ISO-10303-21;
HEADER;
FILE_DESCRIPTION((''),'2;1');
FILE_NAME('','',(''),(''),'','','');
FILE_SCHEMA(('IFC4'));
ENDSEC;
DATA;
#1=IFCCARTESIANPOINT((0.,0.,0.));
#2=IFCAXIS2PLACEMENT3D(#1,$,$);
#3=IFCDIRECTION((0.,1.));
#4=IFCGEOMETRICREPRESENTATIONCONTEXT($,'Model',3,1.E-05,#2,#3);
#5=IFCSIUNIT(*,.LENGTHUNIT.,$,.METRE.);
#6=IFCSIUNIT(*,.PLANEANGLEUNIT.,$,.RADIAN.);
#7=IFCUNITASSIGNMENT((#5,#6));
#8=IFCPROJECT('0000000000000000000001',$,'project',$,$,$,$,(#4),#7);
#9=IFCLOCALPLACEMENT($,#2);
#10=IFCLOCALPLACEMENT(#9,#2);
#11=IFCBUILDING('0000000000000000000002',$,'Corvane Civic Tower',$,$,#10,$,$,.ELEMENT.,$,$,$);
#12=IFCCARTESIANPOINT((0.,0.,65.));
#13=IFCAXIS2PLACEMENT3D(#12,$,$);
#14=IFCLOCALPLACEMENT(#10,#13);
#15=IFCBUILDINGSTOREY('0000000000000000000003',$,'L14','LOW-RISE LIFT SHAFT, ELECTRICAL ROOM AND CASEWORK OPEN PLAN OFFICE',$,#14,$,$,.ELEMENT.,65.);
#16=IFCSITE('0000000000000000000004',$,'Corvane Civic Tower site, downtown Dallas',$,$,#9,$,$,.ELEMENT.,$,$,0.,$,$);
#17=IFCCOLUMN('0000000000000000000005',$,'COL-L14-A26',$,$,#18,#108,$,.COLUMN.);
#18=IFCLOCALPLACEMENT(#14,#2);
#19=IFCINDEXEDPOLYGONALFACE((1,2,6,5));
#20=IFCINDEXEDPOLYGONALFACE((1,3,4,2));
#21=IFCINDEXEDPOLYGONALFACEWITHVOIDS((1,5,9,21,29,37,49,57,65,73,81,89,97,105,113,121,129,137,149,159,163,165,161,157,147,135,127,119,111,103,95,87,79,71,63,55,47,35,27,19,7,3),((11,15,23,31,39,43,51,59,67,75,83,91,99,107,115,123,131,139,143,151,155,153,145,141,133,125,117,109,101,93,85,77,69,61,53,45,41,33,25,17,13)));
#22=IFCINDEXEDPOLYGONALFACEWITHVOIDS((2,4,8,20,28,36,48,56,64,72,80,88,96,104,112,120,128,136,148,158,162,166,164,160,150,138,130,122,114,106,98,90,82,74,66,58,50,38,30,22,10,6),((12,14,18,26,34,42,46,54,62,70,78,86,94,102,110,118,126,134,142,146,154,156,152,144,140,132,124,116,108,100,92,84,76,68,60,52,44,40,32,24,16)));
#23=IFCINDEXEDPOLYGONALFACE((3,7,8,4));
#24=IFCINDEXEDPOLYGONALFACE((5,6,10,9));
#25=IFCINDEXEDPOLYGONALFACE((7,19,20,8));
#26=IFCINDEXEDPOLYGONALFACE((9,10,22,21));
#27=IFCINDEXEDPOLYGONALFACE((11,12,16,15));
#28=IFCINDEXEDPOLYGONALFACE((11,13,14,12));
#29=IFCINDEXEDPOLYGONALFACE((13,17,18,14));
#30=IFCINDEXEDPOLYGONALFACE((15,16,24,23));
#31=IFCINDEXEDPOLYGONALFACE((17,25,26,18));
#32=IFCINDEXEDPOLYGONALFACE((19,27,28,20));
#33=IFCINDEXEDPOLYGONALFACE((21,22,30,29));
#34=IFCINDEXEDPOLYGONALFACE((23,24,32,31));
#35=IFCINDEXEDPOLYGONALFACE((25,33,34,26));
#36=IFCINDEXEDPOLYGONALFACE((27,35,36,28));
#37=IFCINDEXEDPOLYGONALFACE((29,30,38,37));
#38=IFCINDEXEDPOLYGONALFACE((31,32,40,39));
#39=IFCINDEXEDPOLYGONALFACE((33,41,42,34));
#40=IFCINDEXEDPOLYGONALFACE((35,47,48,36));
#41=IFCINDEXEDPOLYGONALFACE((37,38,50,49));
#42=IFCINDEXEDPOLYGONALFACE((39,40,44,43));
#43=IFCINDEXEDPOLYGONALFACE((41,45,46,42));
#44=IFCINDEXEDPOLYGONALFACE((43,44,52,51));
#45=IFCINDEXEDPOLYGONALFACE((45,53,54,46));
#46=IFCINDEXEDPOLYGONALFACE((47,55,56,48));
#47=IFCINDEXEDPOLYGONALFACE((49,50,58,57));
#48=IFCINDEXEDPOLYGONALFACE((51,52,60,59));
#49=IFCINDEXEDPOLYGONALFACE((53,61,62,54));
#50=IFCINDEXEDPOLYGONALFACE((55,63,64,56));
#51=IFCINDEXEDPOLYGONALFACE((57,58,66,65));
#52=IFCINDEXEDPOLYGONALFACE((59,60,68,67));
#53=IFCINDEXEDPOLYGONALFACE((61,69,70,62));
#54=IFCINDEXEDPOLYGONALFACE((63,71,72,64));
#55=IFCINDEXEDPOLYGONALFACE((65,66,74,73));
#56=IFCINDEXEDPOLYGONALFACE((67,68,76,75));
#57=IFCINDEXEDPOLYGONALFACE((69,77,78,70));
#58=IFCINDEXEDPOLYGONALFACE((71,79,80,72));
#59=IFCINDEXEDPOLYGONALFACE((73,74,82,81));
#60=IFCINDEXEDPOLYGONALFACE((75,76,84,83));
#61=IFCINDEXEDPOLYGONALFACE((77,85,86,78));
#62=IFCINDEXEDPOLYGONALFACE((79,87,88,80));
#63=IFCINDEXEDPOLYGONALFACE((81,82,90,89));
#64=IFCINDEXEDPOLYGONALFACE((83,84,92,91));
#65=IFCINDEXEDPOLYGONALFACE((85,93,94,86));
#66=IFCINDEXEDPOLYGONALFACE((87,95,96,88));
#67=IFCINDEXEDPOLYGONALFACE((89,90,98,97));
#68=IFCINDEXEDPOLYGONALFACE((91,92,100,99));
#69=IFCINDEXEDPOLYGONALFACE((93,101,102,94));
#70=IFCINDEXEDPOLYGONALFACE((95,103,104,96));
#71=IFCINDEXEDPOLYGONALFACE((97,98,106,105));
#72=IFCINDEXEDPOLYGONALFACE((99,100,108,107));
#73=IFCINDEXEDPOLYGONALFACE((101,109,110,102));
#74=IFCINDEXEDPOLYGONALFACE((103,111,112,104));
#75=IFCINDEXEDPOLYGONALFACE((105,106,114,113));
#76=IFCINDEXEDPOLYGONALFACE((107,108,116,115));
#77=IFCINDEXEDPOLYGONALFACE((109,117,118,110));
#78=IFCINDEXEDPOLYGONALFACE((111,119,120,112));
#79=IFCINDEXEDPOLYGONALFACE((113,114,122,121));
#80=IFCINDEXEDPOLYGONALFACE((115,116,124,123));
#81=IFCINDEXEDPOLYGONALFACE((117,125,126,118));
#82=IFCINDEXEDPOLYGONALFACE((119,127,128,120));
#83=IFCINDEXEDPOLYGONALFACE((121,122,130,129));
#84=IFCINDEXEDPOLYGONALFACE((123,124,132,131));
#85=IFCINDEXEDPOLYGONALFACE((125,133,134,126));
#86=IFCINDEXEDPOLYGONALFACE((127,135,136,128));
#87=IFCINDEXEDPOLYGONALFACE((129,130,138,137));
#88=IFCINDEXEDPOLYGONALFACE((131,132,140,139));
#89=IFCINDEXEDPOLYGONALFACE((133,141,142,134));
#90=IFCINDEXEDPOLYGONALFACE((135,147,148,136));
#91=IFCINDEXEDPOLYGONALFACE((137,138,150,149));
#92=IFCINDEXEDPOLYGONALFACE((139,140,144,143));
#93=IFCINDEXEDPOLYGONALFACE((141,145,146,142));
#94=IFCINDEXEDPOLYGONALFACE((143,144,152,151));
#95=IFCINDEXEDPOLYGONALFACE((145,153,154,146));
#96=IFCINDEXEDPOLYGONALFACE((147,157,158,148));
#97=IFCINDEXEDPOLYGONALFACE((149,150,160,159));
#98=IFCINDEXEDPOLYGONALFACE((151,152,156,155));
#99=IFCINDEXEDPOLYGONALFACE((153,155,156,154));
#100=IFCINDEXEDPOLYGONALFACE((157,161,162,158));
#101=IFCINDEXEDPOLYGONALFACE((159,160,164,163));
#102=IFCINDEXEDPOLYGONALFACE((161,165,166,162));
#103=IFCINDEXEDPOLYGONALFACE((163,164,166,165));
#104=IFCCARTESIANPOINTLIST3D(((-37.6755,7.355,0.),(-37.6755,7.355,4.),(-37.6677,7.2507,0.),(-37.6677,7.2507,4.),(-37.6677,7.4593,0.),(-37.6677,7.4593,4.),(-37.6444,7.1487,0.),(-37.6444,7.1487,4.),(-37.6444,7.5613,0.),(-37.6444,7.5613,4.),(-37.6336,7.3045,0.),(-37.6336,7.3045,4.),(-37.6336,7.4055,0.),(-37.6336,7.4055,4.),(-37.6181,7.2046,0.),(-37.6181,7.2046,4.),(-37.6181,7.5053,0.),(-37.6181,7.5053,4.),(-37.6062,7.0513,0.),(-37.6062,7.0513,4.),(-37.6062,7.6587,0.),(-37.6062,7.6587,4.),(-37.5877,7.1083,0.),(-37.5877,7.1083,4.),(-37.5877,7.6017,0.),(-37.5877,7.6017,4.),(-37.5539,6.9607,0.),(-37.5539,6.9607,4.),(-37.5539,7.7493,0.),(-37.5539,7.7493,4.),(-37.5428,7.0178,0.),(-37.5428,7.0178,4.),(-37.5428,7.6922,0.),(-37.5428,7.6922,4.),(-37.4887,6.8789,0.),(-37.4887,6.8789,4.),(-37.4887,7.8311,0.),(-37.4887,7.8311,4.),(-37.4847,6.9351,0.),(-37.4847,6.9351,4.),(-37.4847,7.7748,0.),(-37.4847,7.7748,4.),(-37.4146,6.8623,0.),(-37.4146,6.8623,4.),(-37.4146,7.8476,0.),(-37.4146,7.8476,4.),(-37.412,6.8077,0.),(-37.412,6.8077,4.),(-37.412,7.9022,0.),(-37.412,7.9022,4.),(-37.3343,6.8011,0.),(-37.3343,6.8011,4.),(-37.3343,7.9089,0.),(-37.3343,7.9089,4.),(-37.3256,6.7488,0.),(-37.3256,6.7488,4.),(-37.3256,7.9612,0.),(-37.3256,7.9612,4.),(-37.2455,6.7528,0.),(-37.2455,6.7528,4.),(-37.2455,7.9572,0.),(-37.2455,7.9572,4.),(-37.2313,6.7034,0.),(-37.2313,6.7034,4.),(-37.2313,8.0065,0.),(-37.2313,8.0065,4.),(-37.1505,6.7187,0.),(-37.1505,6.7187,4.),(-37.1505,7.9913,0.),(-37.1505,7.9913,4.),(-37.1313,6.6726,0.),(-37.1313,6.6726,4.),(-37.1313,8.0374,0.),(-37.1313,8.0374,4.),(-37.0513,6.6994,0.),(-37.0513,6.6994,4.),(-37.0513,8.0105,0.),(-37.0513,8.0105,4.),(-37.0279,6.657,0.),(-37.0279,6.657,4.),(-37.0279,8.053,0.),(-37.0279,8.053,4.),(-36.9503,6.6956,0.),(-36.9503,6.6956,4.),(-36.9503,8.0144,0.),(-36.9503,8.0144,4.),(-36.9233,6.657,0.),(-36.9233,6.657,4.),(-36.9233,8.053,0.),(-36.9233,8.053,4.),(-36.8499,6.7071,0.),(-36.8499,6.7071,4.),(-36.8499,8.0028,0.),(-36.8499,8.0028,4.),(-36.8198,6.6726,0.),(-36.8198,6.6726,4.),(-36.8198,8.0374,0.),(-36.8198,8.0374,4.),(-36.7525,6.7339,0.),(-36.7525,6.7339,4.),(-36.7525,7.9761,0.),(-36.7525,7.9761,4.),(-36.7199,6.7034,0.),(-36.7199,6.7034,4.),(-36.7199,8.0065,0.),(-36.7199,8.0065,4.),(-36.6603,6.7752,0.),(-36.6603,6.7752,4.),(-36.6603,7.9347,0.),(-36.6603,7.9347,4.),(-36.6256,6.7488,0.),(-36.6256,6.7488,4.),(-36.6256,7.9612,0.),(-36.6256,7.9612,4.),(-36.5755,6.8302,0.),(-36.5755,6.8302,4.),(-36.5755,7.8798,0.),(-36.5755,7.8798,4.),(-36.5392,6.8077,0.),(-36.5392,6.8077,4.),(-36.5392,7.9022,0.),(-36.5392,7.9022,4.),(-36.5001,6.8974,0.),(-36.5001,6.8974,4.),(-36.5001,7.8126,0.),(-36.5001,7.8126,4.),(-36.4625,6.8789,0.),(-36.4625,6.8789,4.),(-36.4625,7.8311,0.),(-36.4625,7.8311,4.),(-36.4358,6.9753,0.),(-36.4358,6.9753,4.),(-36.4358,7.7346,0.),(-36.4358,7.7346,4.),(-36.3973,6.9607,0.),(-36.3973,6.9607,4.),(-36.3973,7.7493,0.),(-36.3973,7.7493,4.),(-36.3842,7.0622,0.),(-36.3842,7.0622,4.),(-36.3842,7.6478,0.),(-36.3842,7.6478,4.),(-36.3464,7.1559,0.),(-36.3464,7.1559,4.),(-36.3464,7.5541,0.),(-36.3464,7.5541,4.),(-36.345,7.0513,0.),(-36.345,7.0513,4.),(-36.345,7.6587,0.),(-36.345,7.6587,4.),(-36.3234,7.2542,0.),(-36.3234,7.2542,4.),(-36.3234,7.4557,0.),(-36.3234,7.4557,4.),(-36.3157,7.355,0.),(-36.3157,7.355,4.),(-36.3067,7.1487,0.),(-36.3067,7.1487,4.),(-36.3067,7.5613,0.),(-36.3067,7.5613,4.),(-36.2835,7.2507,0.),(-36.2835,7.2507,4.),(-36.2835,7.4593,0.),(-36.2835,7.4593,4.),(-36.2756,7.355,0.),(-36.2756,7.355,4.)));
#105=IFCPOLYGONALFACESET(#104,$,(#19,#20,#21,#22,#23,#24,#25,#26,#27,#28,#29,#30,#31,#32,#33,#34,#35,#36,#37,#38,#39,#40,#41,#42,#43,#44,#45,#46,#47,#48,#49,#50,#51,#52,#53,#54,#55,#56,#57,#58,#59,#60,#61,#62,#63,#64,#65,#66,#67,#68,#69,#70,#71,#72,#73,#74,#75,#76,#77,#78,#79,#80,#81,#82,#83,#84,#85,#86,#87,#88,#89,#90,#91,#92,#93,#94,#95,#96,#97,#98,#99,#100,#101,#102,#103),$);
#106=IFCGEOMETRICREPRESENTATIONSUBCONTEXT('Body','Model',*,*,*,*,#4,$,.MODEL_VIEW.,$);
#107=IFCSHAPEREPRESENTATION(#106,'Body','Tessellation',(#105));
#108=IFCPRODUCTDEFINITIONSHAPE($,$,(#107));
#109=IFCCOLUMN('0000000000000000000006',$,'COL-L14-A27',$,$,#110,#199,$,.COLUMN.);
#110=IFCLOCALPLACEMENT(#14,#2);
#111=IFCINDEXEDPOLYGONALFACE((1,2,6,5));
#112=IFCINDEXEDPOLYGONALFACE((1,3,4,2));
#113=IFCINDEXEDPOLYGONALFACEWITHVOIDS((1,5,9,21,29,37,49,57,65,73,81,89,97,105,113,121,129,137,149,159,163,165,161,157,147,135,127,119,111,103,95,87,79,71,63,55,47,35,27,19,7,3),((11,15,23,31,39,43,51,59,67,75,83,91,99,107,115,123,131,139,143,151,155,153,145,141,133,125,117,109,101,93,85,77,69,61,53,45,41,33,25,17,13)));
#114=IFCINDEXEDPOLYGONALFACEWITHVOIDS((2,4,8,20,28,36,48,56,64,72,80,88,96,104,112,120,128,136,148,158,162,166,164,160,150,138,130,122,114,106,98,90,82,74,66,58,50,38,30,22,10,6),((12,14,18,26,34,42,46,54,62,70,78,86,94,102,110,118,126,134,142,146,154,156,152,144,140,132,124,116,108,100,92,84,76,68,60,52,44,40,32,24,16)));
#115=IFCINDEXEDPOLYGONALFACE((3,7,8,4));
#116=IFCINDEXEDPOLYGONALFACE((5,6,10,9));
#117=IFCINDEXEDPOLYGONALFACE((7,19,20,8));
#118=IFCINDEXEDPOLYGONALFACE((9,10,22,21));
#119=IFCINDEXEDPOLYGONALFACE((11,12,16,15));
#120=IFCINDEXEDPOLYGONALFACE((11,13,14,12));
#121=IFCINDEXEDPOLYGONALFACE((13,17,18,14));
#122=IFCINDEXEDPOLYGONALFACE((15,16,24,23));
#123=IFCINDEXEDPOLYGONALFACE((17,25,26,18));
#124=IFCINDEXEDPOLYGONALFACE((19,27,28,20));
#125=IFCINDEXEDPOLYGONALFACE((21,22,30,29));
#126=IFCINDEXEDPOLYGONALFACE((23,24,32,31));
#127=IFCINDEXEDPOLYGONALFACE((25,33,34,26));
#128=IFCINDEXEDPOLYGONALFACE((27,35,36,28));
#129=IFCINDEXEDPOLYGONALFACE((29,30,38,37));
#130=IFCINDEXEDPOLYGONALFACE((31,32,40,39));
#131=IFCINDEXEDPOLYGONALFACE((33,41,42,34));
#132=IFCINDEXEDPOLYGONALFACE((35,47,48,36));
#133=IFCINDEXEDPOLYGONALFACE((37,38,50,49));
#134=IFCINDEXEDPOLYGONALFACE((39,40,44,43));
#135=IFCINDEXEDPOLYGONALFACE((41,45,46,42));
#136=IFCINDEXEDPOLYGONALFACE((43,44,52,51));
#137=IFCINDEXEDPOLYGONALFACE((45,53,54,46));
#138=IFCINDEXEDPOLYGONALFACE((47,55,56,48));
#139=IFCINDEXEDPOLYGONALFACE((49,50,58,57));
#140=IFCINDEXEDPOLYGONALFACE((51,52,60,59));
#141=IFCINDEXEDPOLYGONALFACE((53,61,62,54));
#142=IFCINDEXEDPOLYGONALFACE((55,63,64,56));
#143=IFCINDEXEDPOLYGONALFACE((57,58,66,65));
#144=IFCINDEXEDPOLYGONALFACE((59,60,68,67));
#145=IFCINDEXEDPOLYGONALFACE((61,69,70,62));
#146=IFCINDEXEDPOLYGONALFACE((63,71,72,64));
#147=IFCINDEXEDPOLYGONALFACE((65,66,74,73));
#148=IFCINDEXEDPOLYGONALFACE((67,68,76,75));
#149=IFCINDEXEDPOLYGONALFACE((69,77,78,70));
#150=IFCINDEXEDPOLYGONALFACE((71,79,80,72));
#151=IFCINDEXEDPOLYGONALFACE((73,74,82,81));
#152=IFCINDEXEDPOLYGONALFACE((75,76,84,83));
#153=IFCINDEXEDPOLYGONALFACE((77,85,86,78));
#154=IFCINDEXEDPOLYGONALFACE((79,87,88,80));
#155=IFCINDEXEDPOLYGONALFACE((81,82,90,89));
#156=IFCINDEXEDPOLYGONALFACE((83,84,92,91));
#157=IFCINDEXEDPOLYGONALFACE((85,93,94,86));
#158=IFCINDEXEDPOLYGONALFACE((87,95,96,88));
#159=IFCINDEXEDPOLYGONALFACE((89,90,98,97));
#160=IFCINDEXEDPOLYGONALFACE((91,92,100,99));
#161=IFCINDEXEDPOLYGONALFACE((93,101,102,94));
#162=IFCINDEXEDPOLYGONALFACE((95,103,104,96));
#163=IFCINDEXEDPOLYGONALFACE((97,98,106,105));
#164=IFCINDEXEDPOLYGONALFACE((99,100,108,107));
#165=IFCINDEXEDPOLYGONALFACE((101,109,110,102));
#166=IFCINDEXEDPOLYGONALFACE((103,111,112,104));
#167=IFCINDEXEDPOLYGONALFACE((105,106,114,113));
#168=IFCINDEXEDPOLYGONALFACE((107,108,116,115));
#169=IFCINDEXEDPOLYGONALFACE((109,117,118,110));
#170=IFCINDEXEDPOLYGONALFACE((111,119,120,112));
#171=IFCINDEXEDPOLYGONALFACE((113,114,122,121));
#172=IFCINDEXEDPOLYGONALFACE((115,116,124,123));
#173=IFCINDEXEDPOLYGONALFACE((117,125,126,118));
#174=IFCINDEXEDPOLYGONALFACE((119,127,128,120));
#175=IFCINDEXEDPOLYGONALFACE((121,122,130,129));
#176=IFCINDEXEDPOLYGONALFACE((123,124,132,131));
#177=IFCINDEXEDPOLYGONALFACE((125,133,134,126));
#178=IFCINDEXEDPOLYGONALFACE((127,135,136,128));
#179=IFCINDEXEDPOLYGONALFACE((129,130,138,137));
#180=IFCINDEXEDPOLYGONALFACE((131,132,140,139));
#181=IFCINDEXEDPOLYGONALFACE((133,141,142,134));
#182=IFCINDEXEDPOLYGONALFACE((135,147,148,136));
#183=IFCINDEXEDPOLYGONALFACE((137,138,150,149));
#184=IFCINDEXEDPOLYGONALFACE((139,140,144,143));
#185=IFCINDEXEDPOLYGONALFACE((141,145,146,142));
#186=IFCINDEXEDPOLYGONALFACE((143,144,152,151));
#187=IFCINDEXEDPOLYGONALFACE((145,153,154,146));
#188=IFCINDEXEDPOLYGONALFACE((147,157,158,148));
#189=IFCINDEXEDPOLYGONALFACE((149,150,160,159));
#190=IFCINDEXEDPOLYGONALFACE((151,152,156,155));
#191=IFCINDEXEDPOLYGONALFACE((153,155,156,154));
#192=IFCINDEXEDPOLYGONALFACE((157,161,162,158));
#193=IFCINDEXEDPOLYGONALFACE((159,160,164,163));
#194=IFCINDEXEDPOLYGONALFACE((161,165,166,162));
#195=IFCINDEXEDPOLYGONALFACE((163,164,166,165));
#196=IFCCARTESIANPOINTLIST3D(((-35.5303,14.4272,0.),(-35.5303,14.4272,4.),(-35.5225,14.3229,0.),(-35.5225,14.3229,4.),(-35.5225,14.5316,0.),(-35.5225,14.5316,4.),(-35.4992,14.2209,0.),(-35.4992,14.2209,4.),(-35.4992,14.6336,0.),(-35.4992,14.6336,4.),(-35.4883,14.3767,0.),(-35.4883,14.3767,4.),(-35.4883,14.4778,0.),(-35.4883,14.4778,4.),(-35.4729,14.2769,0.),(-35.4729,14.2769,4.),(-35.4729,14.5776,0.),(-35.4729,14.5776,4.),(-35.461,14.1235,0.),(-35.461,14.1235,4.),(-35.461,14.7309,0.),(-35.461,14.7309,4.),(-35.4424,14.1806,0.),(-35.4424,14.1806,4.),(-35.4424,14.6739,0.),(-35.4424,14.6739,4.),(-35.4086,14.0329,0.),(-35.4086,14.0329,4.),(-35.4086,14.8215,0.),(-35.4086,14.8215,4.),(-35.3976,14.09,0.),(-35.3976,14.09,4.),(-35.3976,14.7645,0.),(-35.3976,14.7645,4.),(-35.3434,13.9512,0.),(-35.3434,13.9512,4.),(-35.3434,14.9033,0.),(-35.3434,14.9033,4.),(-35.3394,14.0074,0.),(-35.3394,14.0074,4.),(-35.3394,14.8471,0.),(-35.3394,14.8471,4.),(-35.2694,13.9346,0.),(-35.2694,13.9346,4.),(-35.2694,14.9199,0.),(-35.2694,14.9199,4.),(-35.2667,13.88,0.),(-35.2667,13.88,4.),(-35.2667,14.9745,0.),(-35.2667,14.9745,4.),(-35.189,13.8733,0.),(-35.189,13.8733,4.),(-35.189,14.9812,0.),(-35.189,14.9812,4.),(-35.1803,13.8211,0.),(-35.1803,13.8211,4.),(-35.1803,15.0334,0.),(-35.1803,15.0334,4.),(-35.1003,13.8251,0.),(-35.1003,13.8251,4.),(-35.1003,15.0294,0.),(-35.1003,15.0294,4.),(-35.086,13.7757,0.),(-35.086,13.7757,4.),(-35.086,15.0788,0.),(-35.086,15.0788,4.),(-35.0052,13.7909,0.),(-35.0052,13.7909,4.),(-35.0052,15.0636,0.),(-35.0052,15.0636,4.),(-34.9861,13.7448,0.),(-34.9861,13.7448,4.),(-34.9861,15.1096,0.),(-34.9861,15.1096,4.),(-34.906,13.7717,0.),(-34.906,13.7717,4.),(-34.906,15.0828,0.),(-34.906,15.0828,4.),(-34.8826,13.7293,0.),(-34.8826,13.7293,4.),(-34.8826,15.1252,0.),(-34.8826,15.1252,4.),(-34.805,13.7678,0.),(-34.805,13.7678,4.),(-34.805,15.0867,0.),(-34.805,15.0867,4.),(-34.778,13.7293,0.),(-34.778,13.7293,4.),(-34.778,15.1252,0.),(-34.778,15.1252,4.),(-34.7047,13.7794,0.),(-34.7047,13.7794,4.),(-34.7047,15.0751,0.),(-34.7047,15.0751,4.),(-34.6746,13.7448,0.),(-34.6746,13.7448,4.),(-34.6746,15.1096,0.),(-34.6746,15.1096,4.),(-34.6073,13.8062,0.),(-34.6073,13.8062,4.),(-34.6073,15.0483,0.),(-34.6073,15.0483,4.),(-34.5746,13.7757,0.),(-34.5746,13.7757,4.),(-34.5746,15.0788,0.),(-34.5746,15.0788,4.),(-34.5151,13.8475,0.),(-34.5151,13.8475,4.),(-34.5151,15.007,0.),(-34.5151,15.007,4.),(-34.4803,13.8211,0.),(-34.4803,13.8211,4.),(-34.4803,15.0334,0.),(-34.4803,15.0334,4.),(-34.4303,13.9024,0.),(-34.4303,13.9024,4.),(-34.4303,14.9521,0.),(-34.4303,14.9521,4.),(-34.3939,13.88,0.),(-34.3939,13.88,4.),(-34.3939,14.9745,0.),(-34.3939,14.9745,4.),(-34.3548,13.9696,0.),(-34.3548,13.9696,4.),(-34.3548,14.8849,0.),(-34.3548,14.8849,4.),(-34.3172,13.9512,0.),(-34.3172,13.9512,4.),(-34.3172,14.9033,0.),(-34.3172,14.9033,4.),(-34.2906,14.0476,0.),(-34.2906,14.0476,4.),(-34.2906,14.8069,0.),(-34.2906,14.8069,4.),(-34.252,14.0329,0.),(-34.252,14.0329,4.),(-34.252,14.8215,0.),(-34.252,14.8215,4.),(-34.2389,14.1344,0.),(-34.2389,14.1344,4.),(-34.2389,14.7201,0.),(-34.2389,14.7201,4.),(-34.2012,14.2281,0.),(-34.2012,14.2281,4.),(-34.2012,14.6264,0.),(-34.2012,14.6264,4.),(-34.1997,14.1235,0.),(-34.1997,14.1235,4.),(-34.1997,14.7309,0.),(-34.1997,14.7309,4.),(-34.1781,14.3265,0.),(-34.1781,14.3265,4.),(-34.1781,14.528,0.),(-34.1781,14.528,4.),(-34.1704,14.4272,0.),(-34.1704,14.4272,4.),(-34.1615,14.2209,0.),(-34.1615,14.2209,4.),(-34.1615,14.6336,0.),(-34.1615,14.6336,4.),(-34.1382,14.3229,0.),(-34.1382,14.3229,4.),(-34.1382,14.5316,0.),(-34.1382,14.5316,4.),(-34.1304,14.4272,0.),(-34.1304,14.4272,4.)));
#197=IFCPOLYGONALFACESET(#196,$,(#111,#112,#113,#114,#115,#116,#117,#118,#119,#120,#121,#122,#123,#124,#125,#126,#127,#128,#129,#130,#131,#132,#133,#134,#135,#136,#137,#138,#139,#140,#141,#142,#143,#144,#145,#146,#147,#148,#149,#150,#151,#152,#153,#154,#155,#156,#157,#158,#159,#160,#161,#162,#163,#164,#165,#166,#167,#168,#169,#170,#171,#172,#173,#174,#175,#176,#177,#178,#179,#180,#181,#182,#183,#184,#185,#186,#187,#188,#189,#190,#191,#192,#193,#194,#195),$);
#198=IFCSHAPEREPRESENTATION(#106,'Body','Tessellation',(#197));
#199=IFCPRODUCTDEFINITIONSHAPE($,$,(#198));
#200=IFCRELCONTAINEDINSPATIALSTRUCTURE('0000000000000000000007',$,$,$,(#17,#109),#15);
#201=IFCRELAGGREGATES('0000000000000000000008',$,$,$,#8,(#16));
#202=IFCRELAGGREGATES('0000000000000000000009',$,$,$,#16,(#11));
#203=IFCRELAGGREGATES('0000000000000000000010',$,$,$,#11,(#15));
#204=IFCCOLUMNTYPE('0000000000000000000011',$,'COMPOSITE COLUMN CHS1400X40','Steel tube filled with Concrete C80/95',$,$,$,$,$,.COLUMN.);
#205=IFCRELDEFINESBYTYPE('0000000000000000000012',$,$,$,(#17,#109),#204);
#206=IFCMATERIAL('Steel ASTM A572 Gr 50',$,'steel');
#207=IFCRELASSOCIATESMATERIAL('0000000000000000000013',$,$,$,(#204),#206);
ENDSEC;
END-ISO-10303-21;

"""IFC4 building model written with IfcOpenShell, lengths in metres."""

from ifc_helpers import new_model, si_unit, direction, frame, origin, origin_2d, place, context, subcontext, project, spatial, hollow_circle, extrude, material, material_profile, profile_set, type_object, element, save


model = new_model("IFC4")

# Units and contexts
model_context = context("Model", 3, precision=1e-05, world=origin(), true_north=direction((0.0, 1.0)))
body_context = subcontext(model_context, "Body", "Model", "MODEL_VIEW")
ifc_project = project(units=[si_unit("LENGTHUNIT", "METRE"), si_unit("PLANEANGLEUNIT", "RADIAN")], contexts=[model_context])

# Site, building, storey
site_placement = place(None, origin())
site = spatial("IfcSite", under=ifc_project, at=site_placement, Name="Corvane Civic Tower site, downtown Dallas", CompositionType="ELEMENT", RefElevation=0.0)
building_placement = place(site_placement, origin())
building = spatial("IfcBuilding", under=site, at=building_placement, Name="Corvane Civic Tower", CompositionType="ELEMENT")
storey_placement = place(building_placement, frame((0.0, 0.0, 65.0)))
storey = spatial("IfcBuildingStorey", under=building, at=storey_placement, Name="L14", Description="LOW-RISE LIFT SHAFT, ELECTRICAL ROOM AND CASEWORK OPEN PLAN OFFICE", CompositionType="ELEMENT", Elevation=65.0)

# Columns
ifc_material_1 = material(Name="Steel ASTM A572 Gr 50", Category="steel")
ifc_material_profile_1 = material_profile(ifc_material_1, hollow_circle(Radius=0.7, WallThickness=0.04, at=origin_2d()), Name="CHS1400X40")
ifc_profile_set_1 = profile_set([ifc_material_profile_1], Name="Steel ASTM A572 Gr 50")
column_type = type_object("IfcColumnType", Name="COMPOSITE COLUMN CHS1400X40", Description="Steel tube filled with Concrete C80/95", PredefinedType="COLUMN", material=ifc_profile_set_1)
for number, where, z_axis, x_axis, name in (
    (1, (-36.9756, 7.355, 0.0), (0.0, 0.0, 1.0), (1.0, 0.0, 0.0), "COL-L14-A26"),
    (2, (-34.8303, 14.4272, 0.0), (0.0, 0.0, 1.0), (1.0, 0.0, 0.0), "COL-L14-A27"),
):
    element("IfcColumn", number, at=place(storey_placement, frame(where, z_axis=z_axis, x_axis=x_axis)), inside=storey, type_object=column_type, Name=name, PredefinedType="COLUMN", context=body_context, shape_type="SweptSolid", body=[
        extrude(hollow_circle(Radius=0.7, WallThickness=0.04, at=origin_2d()), origin(), (0.0, 0.0, 1.0), 4.0),
    ])

save(model, "model.ifc")
